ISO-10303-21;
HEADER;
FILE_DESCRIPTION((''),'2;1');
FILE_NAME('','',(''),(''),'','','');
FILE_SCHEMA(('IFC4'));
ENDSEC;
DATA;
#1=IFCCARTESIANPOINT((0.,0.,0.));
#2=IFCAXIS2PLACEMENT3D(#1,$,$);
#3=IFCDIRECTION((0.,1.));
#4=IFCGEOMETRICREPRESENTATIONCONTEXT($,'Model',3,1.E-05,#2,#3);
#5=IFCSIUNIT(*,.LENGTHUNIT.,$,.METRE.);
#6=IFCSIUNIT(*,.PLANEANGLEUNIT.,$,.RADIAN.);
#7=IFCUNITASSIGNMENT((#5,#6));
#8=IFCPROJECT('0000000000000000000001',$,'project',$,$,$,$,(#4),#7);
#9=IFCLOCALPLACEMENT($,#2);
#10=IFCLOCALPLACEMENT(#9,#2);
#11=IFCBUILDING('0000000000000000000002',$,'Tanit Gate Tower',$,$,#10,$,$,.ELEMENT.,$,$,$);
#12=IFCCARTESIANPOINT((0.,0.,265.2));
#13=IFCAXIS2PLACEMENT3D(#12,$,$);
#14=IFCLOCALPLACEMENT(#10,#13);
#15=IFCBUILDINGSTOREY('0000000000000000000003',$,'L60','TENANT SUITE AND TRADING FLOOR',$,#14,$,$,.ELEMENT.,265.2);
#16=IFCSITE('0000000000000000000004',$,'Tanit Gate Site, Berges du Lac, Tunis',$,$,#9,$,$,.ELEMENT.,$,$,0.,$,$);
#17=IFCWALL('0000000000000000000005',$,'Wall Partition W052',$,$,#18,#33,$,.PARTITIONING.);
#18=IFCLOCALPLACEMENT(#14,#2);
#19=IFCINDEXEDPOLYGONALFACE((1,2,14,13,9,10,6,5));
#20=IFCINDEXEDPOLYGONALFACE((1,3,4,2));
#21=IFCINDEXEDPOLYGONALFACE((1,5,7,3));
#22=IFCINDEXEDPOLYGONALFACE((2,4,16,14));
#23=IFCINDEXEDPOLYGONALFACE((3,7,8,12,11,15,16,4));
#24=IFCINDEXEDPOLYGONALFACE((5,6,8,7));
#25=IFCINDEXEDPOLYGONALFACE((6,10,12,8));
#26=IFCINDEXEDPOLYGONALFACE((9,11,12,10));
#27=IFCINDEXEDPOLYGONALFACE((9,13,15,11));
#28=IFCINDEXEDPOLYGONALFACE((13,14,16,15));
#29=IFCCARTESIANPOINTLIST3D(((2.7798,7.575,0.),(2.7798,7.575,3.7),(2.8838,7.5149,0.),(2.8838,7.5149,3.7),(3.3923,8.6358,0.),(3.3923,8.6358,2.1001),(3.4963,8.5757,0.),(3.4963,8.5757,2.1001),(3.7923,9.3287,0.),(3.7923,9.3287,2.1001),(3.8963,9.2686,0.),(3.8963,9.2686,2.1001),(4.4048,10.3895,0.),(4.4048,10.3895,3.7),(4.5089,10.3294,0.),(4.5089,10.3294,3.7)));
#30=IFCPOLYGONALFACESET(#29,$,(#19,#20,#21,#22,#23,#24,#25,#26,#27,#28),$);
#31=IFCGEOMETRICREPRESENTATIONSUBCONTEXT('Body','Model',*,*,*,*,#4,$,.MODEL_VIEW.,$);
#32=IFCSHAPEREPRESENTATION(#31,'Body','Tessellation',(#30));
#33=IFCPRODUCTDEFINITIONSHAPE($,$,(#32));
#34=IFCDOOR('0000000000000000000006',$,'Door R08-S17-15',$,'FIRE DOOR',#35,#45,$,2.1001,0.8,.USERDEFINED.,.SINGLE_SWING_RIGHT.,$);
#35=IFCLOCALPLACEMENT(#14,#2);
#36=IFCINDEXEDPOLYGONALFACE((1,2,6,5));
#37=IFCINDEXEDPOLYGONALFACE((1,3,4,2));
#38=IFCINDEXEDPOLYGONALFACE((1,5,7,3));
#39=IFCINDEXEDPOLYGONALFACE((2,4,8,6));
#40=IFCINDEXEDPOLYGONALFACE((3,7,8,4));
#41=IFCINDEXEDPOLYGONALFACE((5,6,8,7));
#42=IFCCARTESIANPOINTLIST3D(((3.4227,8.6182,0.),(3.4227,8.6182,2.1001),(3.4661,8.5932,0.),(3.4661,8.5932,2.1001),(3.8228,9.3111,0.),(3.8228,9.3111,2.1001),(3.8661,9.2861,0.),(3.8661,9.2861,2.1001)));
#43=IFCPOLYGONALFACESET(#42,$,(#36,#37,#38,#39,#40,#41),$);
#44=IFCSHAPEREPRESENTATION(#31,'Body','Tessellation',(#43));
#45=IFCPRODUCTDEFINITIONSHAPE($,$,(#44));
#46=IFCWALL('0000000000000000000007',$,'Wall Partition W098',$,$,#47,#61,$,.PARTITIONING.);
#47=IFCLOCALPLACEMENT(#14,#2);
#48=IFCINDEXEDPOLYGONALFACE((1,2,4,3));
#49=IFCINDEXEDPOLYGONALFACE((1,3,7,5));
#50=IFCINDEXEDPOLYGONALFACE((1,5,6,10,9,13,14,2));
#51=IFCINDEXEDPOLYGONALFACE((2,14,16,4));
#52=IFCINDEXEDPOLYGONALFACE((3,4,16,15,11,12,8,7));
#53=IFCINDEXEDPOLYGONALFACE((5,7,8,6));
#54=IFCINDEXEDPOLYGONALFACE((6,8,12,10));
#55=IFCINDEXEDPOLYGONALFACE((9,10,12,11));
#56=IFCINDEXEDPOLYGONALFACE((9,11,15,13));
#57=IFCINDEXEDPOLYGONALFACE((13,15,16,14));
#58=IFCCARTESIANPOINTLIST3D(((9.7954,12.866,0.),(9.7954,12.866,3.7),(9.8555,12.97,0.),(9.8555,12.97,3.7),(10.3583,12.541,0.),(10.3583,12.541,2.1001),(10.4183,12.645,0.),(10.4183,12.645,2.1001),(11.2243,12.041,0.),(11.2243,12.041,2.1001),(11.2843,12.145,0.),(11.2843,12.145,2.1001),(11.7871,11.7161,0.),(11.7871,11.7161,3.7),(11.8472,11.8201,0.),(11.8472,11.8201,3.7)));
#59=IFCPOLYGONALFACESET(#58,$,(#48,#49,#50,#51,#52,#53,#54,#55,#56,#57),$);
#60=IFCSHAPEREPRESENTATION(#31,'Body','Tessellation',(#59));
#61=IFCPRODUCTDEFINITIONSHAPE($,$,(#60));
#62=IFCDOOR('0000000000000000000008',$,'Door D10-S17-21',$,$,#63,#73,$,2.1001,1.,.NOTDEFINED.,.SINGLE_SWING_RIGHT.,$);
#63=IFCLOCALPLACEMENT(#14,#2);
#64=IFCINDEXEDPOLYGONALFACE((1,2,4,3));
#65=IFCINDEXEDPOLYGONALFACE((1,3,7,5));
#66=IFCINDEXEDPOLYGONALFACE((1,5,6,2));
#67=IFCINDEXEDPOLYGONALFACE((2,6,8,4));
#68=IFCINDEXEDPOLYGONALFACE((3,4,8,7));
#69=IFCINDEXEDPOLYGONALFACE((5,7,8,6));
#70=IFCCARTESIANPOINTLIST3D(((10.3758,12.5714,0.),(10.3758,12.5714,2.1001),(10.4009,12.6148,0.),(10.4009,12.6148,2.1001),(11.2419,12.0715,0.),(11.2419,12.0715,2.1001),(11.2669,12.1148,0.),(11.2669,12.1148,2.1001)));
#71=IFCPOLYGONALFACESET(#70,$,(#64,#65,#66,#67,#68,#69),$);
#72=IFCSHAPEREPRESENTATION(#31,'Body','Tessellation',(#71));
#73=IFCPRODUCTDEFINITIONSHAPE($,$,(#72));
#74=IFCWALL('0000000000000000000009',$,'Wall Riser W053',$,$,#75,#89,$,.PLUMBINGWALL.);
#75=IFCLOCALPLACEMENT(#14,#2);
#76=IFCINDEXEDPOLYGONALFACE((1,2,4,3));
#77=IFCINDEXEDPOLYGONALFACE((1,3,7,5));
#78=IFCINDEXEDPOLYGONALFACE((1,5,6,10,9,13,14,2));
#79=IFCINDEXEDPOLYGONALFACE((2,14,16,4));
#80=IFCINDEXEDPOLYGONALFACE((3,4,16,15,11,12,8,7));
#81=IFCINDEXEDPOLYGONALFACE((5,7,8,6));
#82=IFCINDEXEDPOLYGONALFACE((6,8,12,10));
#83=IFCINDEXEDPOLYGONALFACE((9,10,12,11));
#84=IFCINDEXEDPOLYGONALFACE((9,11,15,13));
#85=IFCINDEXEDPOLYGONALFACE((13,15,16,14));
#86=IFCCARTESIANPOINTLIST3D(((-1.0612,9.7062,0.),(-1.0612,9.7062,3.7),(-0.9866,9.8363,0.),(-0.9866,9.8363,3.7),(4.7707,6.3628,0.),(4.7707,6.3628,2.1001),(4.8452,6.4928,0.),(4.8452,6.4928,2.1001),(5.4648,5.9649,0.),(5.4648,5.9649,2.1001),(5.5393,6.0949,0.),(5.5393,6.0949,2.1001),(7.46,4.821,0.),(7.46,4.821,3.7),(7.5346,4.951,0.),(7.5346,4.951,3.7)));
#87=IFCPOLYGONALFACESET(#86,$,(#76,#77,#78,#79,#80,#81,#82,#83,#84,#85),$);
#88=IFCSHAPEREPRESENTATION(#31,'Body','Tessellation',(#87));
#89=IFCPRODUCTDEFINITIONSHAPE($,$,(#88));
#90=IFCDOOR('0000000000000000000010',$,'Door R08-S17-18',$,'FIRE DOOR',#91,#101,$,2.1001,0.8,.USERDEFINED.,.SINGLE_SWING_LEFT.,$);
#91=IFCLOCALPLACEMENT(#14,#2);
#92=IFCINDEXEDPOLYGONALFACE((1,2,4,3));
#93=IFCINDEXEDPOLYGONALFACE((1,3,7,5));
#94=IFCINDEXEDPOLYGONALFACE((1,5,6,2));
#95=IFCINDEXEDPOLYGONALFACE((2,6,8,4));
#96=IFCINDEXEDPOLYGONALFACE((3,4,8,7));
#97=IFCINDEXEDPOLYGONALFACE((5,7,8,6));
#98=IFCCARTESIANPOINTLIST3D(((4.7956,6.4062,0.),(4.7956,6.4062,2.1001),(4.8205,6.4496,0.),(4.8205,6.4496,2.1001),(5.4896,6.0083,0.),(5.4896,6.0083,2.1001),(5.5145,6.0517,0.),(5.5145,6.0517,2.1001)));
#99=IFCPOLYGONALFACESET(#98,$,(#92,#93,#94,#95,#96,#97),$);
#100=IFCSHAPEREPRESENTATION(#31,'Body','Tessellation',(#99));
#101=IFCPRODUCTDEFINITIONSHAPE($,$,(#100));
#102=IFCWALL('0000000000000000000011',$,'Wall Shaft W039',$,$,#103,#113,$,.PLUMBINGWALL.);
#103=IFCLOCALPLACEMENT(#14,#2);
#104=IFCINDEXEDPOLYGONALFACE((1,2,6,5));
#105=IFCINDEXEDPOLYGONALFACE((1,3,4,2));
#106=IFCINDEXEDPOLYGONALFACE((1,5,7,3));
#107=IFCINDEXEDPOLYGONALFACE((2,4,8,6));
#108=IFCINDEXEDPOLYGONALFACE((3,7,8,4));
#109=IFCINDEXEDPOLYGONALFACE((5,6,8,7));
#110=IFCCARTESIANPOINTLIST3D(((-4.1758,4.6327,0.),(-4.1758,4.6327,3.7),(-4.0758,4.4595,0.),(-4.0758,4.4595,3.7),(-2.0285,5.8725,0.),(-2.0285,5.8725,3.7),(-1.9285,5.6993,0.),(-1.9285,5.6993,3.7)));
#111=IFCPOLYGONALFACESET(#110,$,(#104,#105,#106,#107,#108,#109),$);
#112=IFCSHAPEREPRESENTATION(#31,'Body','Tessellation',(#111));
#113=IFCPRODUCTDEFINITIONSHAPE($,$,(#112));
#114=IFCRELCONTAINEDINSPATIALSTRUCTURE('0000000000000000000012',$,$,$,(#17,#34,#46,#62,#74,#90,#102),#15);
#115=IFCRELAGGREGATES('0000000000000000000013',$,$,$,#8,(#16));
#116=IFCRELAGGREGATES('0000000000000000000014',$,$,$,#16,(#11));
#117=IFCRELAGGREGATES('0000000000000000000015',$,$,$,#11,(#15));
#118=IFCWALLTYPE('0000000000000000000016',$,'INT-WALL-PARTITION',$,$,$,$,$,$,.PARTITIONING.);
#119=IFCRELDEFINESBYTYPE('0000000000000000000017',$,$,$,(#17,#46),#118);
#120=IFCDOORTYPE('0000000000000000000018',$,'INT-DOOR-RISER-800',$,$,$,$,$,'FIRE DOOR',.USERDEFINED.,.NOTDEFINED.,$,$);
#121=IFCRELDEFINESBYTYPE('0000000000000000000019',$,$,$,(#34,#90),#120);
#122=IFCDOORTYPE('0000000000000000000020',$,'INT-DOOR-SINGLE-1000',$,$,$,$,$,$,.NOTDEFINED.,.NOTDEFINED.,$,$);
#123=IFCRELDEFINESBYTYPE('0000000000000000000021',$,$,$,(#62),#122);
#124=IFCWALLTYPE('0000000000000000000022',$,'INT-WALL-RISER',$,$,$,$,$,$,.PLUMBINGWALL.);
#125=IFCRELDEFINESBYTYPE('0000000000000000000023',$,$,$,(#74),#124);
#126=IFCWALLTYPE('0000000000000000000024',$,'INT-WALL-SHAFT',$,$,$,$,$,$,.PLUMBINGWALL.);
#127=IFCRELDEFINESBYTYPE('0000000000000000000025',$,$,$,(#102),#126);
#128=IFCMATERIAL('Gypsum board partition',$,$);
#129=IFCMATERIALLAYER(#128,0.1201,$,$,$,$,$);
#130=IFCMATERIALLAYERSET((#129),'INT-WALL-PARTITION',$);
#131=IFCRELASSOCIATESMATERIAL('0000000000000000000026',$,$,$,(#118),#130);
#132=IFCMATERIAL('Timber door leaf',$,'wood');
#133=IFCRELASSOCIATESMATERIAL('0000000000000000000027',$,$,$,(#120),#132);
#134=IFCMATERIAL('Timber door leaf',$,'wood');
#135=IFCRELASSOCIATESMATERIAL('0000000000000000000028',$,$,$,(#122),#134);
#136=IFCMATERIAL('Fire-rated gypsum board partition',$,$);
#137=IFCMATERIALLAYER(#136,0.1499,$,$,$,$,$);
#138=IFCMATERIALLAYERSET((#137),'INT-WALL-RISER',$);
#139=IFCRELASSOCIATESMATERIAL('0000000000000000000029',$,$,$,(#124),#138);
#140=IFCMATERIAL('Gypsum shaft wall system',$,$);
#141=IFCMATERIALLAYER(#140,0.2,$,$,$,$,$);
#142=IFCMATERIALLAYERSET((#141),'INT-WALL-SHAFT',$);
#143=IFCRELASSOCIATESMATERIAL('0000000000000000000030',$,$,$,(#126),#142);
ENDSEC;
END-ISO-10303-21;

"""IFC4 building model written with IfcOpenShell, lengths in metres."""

from ifc_helpers import new_model, si_unit, direction, frame, frame_2d, origin, place, context, subcontext, project, spatial, rectangle, extrude, material, layer, layer_set, type_object, element, fill, save


model = new_model("IFC4")

# Units and contexts
model_context = context("Model", 3, precision=1e-05, world=origin(), true_north=direction((0.0, 1.0)))
body_context = subcontext(model_context, "Body", "Model", "MODEL_VIEW")
ifc_project = project(units=[si_unit("LENGTHUNIT", "METRE"), si_unit("PLANEANGLEUNIT", "RADIAN")], contexts=[model_context])

# Site, building, storey
site_placement = place(None, origin())
site = spatial("IfcSite", under=ifc_project, at=site_placement, Name="Tanit Gate Site, Berges du Lac, Tunis", CompositionType="ELEMENT", RefElevation=0.0)
building_placement = place(site_placement, origin())
building = spatial("IfcBuilding", under=site, at=building_placement, Name="Tanit Gate Tower", CompositionType="ELEMENT")
storey_placement = place(building_placement, frame((0.0, 0.0, 265.2)))
storey = spatial("IfcBuildingStorey", under=building, at=storey_placement, Name="L60", Description="TENANT SUITE AND TRADING FLOOR", CompositionType="ELEMENT", Elevation=265.2)

# Walls, openings, doors
ifc_material_1 = material(Name="Gypsum board partition")
ifc_layer_1 = layer(ifc_material_1, 0.1201)
ifc_layer_set_1 = layer_set([ifc_layer_1], Name="INT-WALL-PARTITION")
wall_type_1 = type_object("IfcWallType", Name="INT-WALL-PARTITION", PredefinedType="PARTITIONING", material=ifc_layer_set_1)
wall_1_placement = place(storey_placement, frame((2.8318, 7.5449, 0.0), z_axis=(0.0, 0.0, 1.0), x_axis=(0.500017, 0.866015, 0.0)))
wall_1 = element("IfcWall", 1, at=wall_1_placement, inside=storey, type_object=wall_type_1, Name="Wall Partition W052", PredefinedType="PARTITIONING", context=body_context, shape_type="SweptSolid", body=[
    extrude(rectangle(XDim=3.25, YDim=0.1201, at=frame_2d((1.625, 0.0))), origin(), (0.0, 0.0, 1.0), 3.7),
])
opening_1_placement = place(wall_1_placement, frame((1.2251, 0.0, 0.0)))
opening_1 = element("IfcOpeningElement", 2, at=opening_1_placement, cuts=wall_1, PredefinedType="OPENING", context=body_context, shape_type="SweptSolid", body=[
    extrude(rectangle(XDim=0.8, YDim=2.1001, at=frame_2d((0.3999, 1.05))), frame((0.0, 0.0701, 0.0), z_axis=(0.0, -1.0, 0.0), x_axis=(1.0, 0.0, 0.0)), (0.0, 0.0, 1.0), 0.1401),
])
ifc_material_2 = material(Name="Timber door leaf", Category="wood")
door_type_1 = type_object("IfcDoorType", Name="INT-DOOR-RISER-800", ElementType="FIRE DOOR", OperationType="NOTDEFINED", PredefinedType="USERDEFINED", material=ifc_material_2)
door_1_placement = place(opening_1_placement, origin())
door_1 = element("IfcDoor", 3, at=door_1_placement, inside=storey, type_object=door_type_1, Name="Door R08-S17-15", ObjectType="FIRE DOOR", OperationType="SINGLE_SWING_RIGHT", OverallHeight=2.1001, OverallWidth=0.8, PredefinedType="USERDEFINED", context=body_context, shape_type="SweptSolid", body=[
    extrude(rectangle(XDim=0.8, YDim=2.1001, at=frame_2d((0.3999, 1.05))), frame((0.0, 0.0249, 0.0), z_axis=(0.0, -1.0, 0.0), x_axis=(1.0, 0.0, 0.0)), (0.0, 0.0, 1.0), 0.05),
])
fill(opening_1, door_1)
wall_2_placement = place(storey_placement, frame((11.8171, 11.7681, 0.0), z_axis=(0.0, 0.0, 1.0), x_axis=(-0.866026, 0.499998, 0.0)))
wall_2 = element("IfcWall", 4, at=wall_2_placement, inside=storey, type_object=wall_type_1, Name="Wall Partition W098", PredefinedType="PARTITIONING", context=body_context, shape_type="SweptSolid", body=[
    extrude(rectangle(XDim=2.2998, YDim=0.1201, at=frame_2d((1.1499, 0.0))), origin(), (0.0, 0.0, 1.0), 3.7),
])
opening_2_placement = place(wall_2_placement, frame((0.6499, 0.0, 0.0)))
opening_2 = element("IfcOpeningElement", 5, at=opening_2_placement, cuts=wall_2, PredefinedType="OPENING", context=body_context, shape_type="SweptSolid", body=[
    extrude(rectangle(XDim=1.0, YDim=2.1001, at=frame_2d((0.5, 1.05))), frame((0.0, 0.0701, 0.0), z_axis=(0.0, -1.0, 0.0), x_axis=(1.0, 0.0, 0.0)), (0.0, 0.0, 1.0), 0.1401),
])
ifc_material_3 = material(Name="Timber door leaf", Category="wood")
door_type_2 = type_object("IfcDoorType", Name="INT-DOOR-SINGLE-1000", OperationType="NOTDEFINED", PredefinedType="NOTDEFINED", material=ifc_material_3)
door_2_placement = place(opening_2_placement, origin())
door_2 = element("IfcDoor", 6, at=door_2_placement, inside=storey, type_object=door_type_2, Name="Door D10-S17-21", OperationType="SINGLE_SWING_RIGHT", OverallHeight=2.1001, OverallWidth=1.0, PredefinedType="NOTDEFINED", context=body_context, shape_type="SweptSolid", body=[
    extrude(rectangle(XDim=1.0, YDim=2.1001, at=frame_2d((0.5, 1.05))), frame((0.0, 0.0249, 0.0), z_axis=(0.0, -1.0, 0.0), x_axis=(1.0, 0.0, 0.0)), (0.0, 0.0, 1.0), 0.05),
])
fill(opening_2, door_2)
ifc_material_4 = material(Name="Fire-rated gypsum board partition")
ifc_layer_2 = layer(ifc_material_4, 0.1499)
ifc_layer_set_2 = layer_set([ifc_layer_2], Name="INT-WALL-RISER")
wall_type_2 = type_object("IfcWallType", Name="INT-WALL-RISER", PredefinedType="PLUMBINGWALL", material=ifc_layer_set_2)
wall_3_placement = place(storey_placement, frame((7.4973, 4.886, 0.0), z_axis=(0.0, 0.0, 1.0), x_axis=(-0.867542, 0.497364, 0.0)))
wall_3 = element("IfcWall", 7, at=wall_3_placement, inside=storey, type_object=wall_type_2, Name="Wall Riser W053", PredefinedType="PLUMBINGWALL", context=body_context, shape_type="SweptSolid", body=[
    extrude(rectangle(XDim=9.8223, YDim=0.1499, at=frame_2d((4.9111, 0.0))), origin(), (0.0, 0.0, 1.0), 3.7),
])
opening_3_placement = place(wall_3_placement, frame((2.3, 0.0, 0.0)))
opening_3 = element("IfcOpeningElement", 8, at=opening_3_placement, cuts=wall_3, PredefinedType="OPENING", context=body_context, shape_type="SweptSolid", body=[
    extrude(rectangle(XDim=0.8, YDim=2.1001, at=frame_2d((0.3999, 1.05))), frame((0.0, 0.085, 0.0), z_axis=(0.0, -1.0, 0.0), x_axis=(1.0, 0.0, 0.0)), (0.0, 0.0, 1.0), 0.1699),
])
door_3_placement = place(opening_3_placement, origin())
door_3 = element("IfcDoor", 9, at=door_3_placement, inside=storey, type_object=door_type_1, Name="Door R08-S17-18", ObjectType="FIRE DOOR", OperationType="SINGLE_SWING_LEFT", OverallHeight=2.1001, OverallWidth=0.8, PredefinedType="USERDEFINED", context=body_context, shape_type="SweptSolid", body=[
    extrude(rectangle(XDim=0.8, YDim=2.1001, at=frame_2d((0.3999, 1.05))), frame((0.0, 0.0249, 0.0), z_axis=(0.0, -1.0, 0.0), x_axis=(1.0, 0.0, 0.0)), (0.0, 0.0, 1.0), 0.05),
])
fill(opening_3, door_3)

# Wall
ifc_material_5 = material(Name="Gypsum shaft wall system")
ifc_layer_3 = layer(ifc_material_5, 0.2)
ifc_layer_set_3 = layer_set([ifc_layer_3], Name="INT-WALL-SHAFT")
wall_type_3 = type_object("IfcWallType", Name="INT-WALL-SHAFT", PredefinedType="PLUMBINGWALL", material=ifc_layer_set_3)
wall_4_placement = place(storey_placement, frame((-1.9785, 5.7859, 0.0), z_axis=(0.0, 0.0, 1.0), x_axis=(-0.866017, -0.500015, 0.0)))
element("IfcWall", 10, at=wall_4_placement, inside=storey, type_object=wall_type_3, Name="Wall Shaft W039", PredefinedType="PLUMBINGWALL", context=body_context, shape_type="SweptSolid", body=[
    extrude(rectangle(XDim=2.4795, YDim=0.2, at=frame_2d((1.2397, 0.0))), origin(), (0.0, 0.0, 1.0), 3.7),
])

save(model, "model.ifc")
